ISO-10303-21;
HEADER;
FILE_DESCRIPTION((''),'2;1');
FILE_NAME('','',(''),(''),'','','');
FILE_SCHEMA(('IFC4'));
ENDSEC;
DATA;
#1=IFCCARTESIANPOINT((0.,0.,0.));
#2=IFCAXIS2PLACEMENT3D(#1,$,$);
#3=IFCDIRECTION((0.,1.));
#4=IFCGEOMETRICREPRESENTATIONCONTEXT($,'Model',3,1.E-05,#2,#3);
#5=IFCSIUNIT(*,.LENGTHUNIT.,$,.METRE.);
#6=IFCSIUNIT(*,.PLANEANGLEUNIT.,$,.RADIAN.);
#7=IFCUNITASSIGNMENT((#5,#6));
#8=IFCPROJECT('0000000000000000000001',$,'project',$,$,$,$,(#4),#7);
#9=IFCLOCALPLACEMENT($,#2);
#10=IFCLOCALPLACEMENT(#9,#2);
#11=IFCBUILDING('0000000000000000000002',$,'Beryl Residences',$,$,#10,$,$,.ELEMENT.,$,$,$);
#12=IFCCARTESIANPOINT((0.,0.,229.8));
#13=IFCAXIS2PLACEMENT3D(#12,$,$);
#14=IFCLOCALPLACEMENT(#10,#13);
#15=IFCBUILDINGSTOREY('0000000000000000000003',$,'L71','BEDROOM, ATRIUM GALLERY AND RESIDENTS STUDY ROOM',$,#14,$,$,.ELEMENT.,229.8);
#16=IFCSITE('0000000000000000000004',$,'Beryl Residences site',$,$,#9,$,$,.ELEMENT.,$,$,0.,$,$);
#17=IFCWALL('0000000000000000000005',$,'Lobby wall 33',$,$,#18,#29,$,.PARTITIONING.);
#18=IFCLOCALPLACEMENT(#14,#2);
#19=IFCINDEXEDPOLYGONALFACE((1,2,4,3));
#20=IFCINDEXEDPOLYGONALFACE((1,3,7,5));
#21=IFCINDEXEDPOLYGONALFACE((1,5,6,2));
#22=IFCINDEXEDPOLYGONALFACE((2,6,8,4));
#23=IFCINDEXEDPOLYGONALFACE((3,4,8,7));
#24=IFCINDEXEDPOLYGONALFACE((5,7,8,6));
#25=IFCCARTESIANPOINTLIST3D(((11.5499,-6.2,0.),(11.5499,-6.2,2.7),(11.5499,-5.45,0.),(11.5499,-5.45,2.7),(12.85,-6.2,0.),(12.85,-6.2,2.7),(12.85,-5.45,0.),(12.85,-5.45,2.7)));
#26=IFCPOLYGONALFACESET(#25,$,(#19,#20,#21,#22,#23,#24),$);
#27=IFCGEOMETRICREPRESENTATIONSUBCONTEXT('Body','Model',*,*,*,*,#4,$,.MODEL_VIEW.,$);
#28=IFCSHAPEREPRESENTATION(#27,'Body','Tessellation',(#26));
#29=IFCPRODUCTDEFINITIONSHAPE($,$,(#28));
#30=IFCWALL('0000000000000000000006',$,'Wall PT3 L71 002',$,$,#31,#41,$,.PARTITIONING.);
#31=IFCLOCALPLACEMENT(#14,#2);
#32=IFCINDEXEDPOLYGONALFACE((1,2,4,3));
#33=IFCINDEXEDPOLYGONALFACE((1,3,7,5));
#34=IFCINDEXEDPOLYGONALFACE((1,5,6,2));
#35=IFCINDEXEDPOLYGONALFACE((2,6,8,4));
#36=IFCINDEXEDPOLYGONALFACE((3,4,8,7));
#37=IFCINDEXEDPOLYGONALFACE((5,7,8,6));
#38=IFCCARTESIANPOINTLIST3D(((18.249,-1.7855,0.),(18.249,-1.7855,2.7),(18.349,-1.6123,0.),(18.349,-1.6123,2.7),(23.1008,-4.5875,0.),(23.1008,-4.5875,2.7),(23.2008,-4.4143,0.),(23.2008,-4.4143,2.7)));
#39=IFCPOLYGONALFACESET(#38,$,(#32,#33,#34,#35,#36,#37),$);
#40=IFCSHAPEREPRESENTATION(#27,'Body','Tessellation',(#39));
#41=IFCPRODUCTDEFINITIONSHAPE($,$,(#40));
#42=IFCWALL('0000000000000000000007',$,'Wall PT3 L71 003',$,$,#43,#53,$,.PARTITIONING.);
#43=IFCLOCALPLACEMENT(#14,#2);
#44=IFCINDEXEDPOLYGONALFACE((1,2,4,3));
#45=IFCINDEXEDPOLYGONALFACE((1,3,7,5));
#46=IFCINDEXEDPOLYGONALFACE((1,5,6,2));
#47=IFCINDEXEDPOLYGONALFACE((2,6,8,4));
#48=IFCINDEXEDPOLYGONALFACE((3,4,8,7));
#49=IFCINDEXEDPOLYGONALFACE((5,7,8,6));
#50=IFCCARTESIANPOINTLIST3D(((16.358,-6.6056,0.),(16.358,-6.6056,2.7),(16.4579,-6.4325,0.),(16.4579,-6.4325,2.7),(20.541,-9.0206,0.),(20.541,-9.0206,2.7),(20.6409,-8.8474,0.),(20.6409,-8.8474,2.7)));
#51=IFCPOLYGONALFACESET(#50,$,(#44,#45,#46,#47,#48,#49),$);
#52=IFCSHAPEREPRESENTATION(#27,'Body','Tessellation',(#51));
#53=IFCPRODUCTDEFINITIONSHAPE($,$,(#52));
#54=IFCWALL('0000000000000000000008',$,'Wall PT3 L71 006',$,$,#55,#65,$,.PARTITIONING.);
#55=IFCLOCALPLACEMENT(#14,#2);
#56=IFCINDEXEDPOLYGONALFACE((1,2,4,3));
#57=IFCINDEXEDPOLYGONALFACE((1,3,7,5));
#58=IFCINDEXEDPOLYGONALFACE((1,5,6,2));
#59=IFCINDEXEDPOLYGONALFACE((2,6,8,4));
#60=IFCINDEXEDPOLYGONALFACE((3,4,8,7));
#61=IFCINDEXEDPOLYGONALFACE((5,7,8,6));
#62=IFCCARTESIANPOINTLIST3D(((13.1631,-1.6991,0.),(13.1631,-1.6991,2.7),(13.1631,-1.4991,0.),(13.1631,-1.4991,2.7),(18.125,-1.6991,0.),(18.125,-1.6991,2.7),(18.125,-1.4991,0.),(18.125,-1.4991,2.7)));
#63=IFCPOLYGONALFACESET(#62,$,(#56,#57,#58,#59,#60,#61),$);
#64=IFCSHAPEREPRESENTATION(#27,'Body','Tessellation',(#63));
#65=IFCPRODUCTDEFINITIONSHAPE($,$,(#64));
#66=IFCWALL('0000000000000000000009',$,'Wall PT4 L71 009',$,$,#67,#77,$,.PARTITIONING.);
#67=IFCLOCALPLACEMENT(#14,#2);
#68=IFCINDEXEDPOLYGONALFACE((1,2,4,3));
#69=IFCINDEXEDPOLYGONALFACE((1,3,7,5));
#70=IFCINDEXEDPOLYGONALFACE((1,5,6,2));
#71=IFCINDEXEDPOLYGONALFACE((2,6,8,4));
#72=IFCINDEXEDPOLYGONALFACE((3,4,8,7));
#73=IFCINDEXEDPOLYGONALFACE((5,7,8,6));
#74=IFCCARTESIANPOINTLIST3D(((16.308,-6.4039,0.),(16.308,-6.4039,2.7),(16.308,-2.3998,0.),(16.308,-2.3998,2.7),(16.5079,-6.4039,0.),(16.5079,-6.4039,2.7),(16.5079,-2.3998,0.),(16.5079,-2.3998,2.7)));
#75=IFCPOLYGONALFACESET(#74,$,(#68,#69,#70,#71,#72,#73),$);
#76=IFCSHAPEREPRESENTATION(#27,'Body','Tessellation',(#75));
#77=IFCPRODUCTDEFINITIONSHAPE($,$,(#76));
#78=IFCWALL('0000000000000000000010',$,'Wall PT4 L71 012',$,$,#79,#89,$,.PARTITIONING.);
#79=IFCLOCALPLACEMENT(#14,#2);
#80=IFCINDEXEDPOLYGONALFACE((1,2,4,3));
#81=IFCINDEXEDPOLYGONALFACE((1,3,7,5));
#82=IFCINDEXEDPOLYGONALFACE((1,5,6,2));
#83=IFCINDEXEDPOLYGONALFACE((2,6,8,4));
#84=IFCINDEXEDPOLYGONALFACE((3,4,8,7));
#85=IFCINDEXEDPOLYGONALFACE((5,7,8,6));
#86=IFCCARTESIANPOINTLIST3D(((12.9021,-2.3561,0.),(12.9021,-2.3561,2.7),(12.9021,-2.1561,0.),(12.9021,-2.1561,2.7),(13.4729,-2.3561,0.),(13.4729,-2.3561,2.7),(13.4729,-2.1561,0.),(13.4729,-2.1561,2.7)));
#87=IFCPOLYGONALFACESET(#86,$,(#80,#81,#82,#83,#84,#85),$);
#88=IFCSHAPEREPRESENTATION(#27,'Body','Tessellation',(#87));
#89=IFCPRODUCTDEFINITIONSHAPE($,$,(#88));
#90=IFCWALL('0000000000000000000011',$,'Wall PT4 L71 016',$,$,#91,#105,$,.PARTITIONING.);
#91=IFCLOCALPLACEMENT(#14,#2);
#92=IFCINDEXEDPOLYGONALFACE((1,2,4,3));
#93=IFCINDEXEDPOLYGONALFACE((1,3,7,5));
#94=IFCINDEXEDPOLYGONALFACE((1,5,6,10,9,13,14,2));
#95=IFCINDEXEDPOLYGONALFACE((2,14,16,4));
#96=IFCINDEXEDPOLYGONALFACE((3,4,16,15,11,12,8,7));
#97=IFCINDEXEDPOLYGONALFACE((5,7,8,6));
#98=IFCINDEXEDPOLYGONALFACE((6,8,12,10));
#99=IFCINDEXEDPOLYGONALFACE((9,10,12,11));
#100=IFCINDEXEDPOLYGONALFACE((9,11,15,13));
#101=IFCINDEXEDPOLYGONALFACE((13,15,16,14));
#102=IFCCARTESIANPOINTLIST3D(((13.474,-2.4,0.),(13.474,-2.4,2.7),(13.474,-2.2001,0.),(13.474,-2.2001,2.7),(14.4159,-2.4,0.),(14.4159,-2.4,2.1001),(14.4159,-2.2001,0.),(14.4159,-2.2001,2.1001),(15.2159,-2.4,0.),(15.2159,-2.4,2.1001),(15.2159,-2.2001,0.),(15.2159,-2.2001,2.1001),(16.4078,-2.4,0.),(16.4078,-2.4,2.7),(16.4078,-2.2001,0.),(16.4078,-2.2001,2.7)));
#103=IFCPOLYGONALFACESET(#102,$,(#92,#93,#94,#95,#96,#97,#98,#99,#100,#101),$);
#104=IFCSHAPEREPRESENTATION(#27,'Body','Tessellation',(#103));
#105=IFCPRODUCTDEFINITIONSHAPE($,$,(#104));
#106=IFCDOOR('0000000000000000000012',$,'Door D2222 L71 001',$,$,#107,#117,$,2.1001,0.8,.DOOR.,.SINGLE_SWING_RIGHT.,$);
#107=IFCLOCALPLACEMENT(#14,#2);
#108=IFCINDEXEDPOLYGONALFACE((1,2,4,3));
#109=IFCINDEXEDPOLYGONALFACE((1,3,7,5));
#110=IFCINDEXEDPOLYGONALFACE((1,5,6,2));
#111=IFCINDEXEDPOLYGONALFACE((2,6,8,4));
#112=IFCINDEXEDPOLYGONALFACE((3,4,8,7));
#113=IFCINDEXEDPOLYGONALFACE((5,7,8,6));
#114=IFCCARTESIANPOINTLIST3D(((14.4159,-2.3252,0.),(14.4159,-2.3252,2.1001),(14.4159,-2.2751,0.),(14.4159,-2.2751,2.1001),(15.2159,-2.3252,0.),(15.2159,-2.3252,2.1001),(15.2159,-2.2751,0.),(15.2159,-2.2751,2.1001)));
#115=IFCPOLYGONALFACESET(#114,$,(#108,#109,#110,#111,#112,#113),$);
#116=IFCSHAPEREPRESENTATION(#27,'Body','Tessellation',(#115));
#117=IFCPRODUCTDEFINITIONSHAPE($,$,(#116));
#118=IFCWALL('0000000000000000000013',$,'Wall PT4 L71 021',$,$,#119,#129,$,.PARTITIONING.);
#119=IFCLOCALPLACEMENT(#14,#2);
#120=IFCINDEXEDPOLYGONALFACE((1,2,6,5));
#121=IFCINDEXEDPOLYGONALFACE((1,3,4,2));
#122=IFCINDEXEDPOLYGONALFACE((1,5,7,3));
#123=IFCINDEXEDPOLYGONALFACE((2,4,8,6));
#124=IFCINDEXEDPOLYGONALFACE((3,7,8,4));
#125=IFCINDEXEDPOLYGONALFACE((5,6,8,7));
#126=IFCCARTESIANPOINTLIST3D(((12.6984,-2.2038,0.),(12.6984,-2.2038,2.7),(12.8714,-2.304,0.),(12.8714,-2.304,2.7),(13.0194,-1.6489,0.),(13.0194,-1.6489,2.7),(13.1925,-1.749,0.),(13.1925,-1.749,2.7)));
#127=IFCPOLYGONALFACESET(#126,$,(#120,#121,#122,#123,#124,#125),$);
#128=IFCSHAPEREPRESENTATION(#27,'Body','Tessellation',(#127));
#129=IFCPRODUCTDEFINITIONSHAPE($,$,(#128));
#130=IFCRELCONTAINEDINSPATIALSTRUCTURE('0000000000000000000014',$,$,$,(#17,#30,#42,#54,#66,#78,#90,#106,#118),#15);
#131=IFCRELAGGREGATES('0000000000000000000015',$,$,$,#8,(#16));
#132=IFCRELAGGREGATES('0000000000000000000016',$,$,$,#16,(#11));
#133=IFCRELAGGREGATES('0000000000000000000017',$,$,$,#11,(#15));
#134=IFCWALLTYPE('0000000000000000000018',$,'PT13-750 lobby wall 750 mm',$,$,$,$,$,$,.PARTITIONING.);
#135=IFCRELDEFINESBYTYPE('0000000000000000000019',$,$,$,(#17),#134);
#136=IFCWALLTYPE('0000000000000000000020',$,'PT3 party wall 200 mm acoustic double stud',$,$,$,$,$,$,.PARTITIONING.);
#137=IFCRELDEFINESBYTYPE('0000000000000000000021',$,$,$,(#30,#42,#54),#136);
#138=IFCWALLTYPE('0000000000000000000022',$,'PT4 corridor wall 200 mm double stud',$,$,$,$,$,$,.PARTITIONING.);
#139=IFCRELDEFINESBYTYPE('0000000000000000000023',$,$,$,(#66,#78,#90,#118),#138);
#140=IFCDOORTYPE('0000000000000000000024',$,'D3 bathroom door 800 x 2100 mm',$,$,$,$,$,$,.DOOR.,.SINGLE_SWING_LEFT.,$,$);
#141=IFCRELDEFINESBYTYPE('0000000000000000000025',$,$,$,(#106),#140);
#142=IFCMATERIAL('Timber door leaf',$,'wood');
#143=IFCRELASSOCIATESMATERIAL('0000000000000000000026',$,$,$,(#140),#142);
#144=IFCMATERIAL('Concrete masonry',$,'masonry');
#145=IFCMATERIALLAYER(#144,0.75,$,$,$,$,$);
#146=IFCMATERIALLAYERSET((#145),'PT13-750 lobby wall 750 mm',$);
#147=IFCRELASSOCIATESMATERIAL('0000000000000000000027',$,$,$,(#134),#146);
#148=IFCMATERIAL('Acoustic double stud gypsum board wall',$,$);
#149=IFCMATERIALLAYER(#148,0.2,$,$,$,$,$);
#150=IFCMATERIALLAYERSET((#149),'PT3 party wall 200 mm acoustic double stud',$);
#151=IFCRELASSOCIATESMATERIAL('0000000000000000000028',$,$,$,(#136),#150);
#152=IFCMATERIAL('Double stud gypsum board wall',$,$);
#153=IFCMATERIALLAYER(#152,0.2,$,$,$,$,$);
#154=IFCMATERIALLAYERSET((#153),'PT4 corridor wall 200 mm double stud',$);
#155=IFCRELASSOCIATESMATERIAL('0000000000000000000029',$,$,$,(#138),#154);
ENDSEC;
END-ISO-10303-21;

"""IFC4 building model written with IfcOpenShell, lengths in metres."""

from ifc_helpers import new_model, si_unit, direction, frame, frame_2d, origin, place, context, subcontext, project, spatial, rectangle, extrude, material, layer, layer_set, type_object, element, fill, save


model = new_model("IFC4")

# Units and contexts
model_context = context("Model", 3, precision=1e-05, world=origin(), true_north=direction((0.0, 1.0)))
body_context = subcontext(model_context, "Body", "Model", "MODEL_VIEW")
ifc_project = project(units=[si_unit("LENGTHUNIT", "METRE"), si_unit("PLANEANGLEUNIT", "RADIAN")], contexts=[model_context])

# Site, building, storey
site_placement = place(None, origin())
site = spatial("IfcSite", under=ifc_project, at=site_placement, Name="Beryl Residences site", CompositionType="ELEMENT", RefElevation=0.0)
building_placement = place(site_placement, origin())
building = spatial("IfcBuilding", under=site, at=building_placement, Name="Beryl Residences", CompositionType="ELEMENT")
storey_placement = place(building_placement, frame((0.0, 0.0, 229.8)))
storey = spatial("IfcBuildingStorey", under=building, at=storey_placement, Name="L71", Description="BEDROOM, ATRIUM GALLERY AND RESIDENTS STUDY ROOM", CompositionType="ELEMENT", Elevation=229.8)

# Shared definitions
ifc_material_1 = material(Name="Timber door leaf", Category="wood")
door_type_1 = type_object("IfcDoorType", Name="D3 bathroom door 800 x 2100 mm", OperationType="SINGLE_SWING_LEFT", PredefinedType="DOOR", material=ifc_material_1)

# Walls
ifc_material_2 = material(Name="Concrete masonry", Category="masonry")
ifc_layer_1 = layer(ifc_material_2, 0.75)
ifc_layer_set_1 = layer_set([ifc_layer_1], Name="PT13-750 lobby wall 750 mm")
wall_type_1 = type_object("IfcWallType", Name="PT13-750 lobby wall 750 mm", PredefinedType="PARTITIONING", material=ifc_layer_set_1)
wall_1_placement = place(storey_placement, frame((11.55, -5.825, 0.0), z_axis=(0.0, 0.0, 1.0), x_axis=(1.0, 0.0, 0.0)))
element("IfcWall", 1, at=wall_1_placement, inside=storey, type_object=wall_type_1, Name="Lobby wall 33", PredefinedType="PARTITIONING", context=body_context, shape_type="SweptSolid", body=[
    extrude(rectangle(XDim=1.3, YDim=0.75, at=frame_2d((0.6499, 0.0))), origin(), (0.0, 0.0, 1.0), 2.7),
])
ifc_material_3 = material(Name="Acoustic double stud gypsum board wall")
ifc_layer_2 = layer(ifc_material_3, 0.2)
ifc_layer_set_2 = layer_set([ifc_layer_2], Name="PT3 party wall 200 mm acoustic double stud")
wall_type_2 = type_object("IfcWallType", Name="PT3 party wall 200 mm acoustic double stud", PredefinedType="PARTITIONING", material=ifc_layer_set_2)
wall_2_placement = place(storey_placement, frame((18.2991, -1.699, 0.0), z_axis=(0.0, 0.0, 1.0), x_axis=(0.865963, -0.500108, 0.0)))
element("IfcWall", 2, at=wall_2_placement, inside=storey, type_object=wall_type_2, Name="Wall PT3 L71 002", PredefinedType="PARTITIONING", context=body_context, shape_type="SweptSolid", body=[
    extrude(rectangle(XDim=5.6028, YDim=0.2, at=frame_2d((2.8013, 0.0))), origin(), (0.0, 0.0, 1.0), 2.7),
])
wall_3_placement = place(storey_placement, frame((16.408, -6.519, 0.0), z_axis=(0.0, 0.0, 1.0), x_axis=(0.866032, -0.499988, 0.0)))
element("IfcWall", 3, at=wall_3_placement, inside=storey, type_object=wall_type_2, Name="Wall PT3 L71 003", PredefinedType="PARTITIONING", context=body_context, shape_type="SweptSolid", body=[
    extrude(rectangle(XDim=4.8301, YDim=0.2, at=frame_2d((2.415, 0.0))), origin(), (0.0, 0.0, 1.0), 2.7),
])
wall_4_placement = place(storey_placement, frame((13.1631, -1.5991, 0.0), z_axis=(0.0, 0.0, 1.0), x_axis=(1.0, 0.0, 0.0)))
element("IfcWall", 4, at=wall_4_placement, inside=storey, type_object=wall_type_2, Name="Wall PT3 L71 006", PredefinedType="PARTITIONING", context=body_context, shape_type="SweptSolid", body=[
    extrude(rectangle(XDim=4.9619, YDim=0.2, at=frame_2d((2.481, 0.0))), origin(), (0.0, 0.0, 1.0), 2.7),
])
ifc_material_4 = material(Name="Double stud gypsum board wall")
ifc_layer_3 = layer(ifc_material_4, 0.2)
ifc_layer_set_3 = layer_set([ifc_layer_3], Name="PT4 corridor wall 200 mm double stud")
wall_type_3 = type_object("IfcWallType", Name="PT4 corridor wall 200 mm double stud", PredefinedType="PARTITIONING", material=ifc_layer_set_3)
wall_5_placement = place(storey_placement, frame((16.408, -2.3999, 0.0), z_axis=(0.0, 0.0, 1.0), x_axis=(0.0, -1.0, 0.0)))
element("IfcWall", 5, at=wall_5_placement, inside=storey, type_object=wall_type_3, Name="Wall PT4 L71 009", PredefinedType="PARTITIONING", context=body_context, shape_type="SweptSolid", body=[
    extrude(rectangle(XDim=4.0042, YDim=0.2, at=frame_2d((2.002, 0.0))), origin(), (0.0, 0.0, 1.0), 2.7),
])
wall_6_placement = place(storey_placement, frame((12.9021, -2.2561, 0.0), z_axis=(0.0, 0.0, 1.0), x_axis=(1.0, 0.0, 0.0)))
element("IfcWall", 6, at=wall_6_placement, inside=storey, type_object=wall_type_3, Name="Wall PT4 L71 012", PredefinedType="PARTITIONING", context=body_context, shape_type="SweptSolid", body=[
    extrude(rectangle(XDim=0.5708, YDim=0.2, at=frame_2d((0.2854, 0.0))), origin(), (0.0, 0.0, 1.0), 2.7),
])

# Wall, opening, door
wall_7_placement = place(storey_placement, frame((13.4741, -2.3, 0.0), z_axis=(0.0, 0.0, 1.0), x_axis=(1.0, 0.0, 0.0)))
wall_7 = element("IfcWall", 7, at=wall_7_placement, inside=storey, type_object=wall_type_3, Name="Wall PT4 L71 016", PredefinedType="PARTITIONING", context=body_context, shape_type="SweptSolid", body=[
    extrude(rectangle(XDim=2.9338, YDim=0.2, at=frame_2d((1.4668, 0.0))), origin(), (0.0, 0.0, 1.0), 2.7),
])
opening_1_placement = place(wall_7_placement, frame((0.9419, 0.0, 0.0)))
opening_1 = element("IfcOpeningElement", 8, at=opening_1_placement, cuts=wall_7, PredefinedType="OPENING", context=body_context, shape_type="SweptSolid", body=[
    extrude(rectangle(XDim=0.8, YDim=2.1001, at=frame_2d((0.3999, 1.05))), frame((0.0, 0.1099, 0.0), z_axis=(0.0, -1.0, 0.0), x_axis=(1.0, 0.0, 0.0)), (0.0, 0.0, 1.0), 0.22),
])
door_1_placement = place(opening_1_placement, origin())
door_1 = element("IfcDoor", 9, at=door_1_placement, inside=storey, type_object=door_type_1, Name="Door D2222 L71 001", OperationType="SINGLE_SWING_RIGHT", OverallHeight=2.1001, OverallWidth=0.8, PredefinedType="DOOR", context=body_context, shape_type="SweptSolid", body=[
    extrude(rectangle(XDim=0.8, YDim=2.1001, at=frame_2d((0.3999, 1.05))), frame((0.0, 0.0249, 0.0), z_axis=(0.0, -1.0, 0.0), x_axis=(1.0, 0.0, 0.0)), (0.0, 0.0, 1.0), 0.05),
])
fill(opening_1, door_1)

# Wall
wall_8_placement = place(storey_placement, frame((12.7849, -2.2539, 0.0), z_axis=(0.0, 0.0, 1.0), x_axis=(0.500766, 0.865583, 0.0)))
element("IfcWall", 10, at=wall_8_placement, inside=storey, type_object=wall_type_3, Name="Wall PT4 L71 021", PredefinedType="PARTITIONING", context=body_context, shape_type="SweptSolid", body=[
    extrude(rectangle(XDim=0.6411, YDim=0.2, at=frame_2d((0.3206, 0.0))), origin(), (0.0, 0.0, 1.0), 2.7),
])

save(model, "model.ifc")
